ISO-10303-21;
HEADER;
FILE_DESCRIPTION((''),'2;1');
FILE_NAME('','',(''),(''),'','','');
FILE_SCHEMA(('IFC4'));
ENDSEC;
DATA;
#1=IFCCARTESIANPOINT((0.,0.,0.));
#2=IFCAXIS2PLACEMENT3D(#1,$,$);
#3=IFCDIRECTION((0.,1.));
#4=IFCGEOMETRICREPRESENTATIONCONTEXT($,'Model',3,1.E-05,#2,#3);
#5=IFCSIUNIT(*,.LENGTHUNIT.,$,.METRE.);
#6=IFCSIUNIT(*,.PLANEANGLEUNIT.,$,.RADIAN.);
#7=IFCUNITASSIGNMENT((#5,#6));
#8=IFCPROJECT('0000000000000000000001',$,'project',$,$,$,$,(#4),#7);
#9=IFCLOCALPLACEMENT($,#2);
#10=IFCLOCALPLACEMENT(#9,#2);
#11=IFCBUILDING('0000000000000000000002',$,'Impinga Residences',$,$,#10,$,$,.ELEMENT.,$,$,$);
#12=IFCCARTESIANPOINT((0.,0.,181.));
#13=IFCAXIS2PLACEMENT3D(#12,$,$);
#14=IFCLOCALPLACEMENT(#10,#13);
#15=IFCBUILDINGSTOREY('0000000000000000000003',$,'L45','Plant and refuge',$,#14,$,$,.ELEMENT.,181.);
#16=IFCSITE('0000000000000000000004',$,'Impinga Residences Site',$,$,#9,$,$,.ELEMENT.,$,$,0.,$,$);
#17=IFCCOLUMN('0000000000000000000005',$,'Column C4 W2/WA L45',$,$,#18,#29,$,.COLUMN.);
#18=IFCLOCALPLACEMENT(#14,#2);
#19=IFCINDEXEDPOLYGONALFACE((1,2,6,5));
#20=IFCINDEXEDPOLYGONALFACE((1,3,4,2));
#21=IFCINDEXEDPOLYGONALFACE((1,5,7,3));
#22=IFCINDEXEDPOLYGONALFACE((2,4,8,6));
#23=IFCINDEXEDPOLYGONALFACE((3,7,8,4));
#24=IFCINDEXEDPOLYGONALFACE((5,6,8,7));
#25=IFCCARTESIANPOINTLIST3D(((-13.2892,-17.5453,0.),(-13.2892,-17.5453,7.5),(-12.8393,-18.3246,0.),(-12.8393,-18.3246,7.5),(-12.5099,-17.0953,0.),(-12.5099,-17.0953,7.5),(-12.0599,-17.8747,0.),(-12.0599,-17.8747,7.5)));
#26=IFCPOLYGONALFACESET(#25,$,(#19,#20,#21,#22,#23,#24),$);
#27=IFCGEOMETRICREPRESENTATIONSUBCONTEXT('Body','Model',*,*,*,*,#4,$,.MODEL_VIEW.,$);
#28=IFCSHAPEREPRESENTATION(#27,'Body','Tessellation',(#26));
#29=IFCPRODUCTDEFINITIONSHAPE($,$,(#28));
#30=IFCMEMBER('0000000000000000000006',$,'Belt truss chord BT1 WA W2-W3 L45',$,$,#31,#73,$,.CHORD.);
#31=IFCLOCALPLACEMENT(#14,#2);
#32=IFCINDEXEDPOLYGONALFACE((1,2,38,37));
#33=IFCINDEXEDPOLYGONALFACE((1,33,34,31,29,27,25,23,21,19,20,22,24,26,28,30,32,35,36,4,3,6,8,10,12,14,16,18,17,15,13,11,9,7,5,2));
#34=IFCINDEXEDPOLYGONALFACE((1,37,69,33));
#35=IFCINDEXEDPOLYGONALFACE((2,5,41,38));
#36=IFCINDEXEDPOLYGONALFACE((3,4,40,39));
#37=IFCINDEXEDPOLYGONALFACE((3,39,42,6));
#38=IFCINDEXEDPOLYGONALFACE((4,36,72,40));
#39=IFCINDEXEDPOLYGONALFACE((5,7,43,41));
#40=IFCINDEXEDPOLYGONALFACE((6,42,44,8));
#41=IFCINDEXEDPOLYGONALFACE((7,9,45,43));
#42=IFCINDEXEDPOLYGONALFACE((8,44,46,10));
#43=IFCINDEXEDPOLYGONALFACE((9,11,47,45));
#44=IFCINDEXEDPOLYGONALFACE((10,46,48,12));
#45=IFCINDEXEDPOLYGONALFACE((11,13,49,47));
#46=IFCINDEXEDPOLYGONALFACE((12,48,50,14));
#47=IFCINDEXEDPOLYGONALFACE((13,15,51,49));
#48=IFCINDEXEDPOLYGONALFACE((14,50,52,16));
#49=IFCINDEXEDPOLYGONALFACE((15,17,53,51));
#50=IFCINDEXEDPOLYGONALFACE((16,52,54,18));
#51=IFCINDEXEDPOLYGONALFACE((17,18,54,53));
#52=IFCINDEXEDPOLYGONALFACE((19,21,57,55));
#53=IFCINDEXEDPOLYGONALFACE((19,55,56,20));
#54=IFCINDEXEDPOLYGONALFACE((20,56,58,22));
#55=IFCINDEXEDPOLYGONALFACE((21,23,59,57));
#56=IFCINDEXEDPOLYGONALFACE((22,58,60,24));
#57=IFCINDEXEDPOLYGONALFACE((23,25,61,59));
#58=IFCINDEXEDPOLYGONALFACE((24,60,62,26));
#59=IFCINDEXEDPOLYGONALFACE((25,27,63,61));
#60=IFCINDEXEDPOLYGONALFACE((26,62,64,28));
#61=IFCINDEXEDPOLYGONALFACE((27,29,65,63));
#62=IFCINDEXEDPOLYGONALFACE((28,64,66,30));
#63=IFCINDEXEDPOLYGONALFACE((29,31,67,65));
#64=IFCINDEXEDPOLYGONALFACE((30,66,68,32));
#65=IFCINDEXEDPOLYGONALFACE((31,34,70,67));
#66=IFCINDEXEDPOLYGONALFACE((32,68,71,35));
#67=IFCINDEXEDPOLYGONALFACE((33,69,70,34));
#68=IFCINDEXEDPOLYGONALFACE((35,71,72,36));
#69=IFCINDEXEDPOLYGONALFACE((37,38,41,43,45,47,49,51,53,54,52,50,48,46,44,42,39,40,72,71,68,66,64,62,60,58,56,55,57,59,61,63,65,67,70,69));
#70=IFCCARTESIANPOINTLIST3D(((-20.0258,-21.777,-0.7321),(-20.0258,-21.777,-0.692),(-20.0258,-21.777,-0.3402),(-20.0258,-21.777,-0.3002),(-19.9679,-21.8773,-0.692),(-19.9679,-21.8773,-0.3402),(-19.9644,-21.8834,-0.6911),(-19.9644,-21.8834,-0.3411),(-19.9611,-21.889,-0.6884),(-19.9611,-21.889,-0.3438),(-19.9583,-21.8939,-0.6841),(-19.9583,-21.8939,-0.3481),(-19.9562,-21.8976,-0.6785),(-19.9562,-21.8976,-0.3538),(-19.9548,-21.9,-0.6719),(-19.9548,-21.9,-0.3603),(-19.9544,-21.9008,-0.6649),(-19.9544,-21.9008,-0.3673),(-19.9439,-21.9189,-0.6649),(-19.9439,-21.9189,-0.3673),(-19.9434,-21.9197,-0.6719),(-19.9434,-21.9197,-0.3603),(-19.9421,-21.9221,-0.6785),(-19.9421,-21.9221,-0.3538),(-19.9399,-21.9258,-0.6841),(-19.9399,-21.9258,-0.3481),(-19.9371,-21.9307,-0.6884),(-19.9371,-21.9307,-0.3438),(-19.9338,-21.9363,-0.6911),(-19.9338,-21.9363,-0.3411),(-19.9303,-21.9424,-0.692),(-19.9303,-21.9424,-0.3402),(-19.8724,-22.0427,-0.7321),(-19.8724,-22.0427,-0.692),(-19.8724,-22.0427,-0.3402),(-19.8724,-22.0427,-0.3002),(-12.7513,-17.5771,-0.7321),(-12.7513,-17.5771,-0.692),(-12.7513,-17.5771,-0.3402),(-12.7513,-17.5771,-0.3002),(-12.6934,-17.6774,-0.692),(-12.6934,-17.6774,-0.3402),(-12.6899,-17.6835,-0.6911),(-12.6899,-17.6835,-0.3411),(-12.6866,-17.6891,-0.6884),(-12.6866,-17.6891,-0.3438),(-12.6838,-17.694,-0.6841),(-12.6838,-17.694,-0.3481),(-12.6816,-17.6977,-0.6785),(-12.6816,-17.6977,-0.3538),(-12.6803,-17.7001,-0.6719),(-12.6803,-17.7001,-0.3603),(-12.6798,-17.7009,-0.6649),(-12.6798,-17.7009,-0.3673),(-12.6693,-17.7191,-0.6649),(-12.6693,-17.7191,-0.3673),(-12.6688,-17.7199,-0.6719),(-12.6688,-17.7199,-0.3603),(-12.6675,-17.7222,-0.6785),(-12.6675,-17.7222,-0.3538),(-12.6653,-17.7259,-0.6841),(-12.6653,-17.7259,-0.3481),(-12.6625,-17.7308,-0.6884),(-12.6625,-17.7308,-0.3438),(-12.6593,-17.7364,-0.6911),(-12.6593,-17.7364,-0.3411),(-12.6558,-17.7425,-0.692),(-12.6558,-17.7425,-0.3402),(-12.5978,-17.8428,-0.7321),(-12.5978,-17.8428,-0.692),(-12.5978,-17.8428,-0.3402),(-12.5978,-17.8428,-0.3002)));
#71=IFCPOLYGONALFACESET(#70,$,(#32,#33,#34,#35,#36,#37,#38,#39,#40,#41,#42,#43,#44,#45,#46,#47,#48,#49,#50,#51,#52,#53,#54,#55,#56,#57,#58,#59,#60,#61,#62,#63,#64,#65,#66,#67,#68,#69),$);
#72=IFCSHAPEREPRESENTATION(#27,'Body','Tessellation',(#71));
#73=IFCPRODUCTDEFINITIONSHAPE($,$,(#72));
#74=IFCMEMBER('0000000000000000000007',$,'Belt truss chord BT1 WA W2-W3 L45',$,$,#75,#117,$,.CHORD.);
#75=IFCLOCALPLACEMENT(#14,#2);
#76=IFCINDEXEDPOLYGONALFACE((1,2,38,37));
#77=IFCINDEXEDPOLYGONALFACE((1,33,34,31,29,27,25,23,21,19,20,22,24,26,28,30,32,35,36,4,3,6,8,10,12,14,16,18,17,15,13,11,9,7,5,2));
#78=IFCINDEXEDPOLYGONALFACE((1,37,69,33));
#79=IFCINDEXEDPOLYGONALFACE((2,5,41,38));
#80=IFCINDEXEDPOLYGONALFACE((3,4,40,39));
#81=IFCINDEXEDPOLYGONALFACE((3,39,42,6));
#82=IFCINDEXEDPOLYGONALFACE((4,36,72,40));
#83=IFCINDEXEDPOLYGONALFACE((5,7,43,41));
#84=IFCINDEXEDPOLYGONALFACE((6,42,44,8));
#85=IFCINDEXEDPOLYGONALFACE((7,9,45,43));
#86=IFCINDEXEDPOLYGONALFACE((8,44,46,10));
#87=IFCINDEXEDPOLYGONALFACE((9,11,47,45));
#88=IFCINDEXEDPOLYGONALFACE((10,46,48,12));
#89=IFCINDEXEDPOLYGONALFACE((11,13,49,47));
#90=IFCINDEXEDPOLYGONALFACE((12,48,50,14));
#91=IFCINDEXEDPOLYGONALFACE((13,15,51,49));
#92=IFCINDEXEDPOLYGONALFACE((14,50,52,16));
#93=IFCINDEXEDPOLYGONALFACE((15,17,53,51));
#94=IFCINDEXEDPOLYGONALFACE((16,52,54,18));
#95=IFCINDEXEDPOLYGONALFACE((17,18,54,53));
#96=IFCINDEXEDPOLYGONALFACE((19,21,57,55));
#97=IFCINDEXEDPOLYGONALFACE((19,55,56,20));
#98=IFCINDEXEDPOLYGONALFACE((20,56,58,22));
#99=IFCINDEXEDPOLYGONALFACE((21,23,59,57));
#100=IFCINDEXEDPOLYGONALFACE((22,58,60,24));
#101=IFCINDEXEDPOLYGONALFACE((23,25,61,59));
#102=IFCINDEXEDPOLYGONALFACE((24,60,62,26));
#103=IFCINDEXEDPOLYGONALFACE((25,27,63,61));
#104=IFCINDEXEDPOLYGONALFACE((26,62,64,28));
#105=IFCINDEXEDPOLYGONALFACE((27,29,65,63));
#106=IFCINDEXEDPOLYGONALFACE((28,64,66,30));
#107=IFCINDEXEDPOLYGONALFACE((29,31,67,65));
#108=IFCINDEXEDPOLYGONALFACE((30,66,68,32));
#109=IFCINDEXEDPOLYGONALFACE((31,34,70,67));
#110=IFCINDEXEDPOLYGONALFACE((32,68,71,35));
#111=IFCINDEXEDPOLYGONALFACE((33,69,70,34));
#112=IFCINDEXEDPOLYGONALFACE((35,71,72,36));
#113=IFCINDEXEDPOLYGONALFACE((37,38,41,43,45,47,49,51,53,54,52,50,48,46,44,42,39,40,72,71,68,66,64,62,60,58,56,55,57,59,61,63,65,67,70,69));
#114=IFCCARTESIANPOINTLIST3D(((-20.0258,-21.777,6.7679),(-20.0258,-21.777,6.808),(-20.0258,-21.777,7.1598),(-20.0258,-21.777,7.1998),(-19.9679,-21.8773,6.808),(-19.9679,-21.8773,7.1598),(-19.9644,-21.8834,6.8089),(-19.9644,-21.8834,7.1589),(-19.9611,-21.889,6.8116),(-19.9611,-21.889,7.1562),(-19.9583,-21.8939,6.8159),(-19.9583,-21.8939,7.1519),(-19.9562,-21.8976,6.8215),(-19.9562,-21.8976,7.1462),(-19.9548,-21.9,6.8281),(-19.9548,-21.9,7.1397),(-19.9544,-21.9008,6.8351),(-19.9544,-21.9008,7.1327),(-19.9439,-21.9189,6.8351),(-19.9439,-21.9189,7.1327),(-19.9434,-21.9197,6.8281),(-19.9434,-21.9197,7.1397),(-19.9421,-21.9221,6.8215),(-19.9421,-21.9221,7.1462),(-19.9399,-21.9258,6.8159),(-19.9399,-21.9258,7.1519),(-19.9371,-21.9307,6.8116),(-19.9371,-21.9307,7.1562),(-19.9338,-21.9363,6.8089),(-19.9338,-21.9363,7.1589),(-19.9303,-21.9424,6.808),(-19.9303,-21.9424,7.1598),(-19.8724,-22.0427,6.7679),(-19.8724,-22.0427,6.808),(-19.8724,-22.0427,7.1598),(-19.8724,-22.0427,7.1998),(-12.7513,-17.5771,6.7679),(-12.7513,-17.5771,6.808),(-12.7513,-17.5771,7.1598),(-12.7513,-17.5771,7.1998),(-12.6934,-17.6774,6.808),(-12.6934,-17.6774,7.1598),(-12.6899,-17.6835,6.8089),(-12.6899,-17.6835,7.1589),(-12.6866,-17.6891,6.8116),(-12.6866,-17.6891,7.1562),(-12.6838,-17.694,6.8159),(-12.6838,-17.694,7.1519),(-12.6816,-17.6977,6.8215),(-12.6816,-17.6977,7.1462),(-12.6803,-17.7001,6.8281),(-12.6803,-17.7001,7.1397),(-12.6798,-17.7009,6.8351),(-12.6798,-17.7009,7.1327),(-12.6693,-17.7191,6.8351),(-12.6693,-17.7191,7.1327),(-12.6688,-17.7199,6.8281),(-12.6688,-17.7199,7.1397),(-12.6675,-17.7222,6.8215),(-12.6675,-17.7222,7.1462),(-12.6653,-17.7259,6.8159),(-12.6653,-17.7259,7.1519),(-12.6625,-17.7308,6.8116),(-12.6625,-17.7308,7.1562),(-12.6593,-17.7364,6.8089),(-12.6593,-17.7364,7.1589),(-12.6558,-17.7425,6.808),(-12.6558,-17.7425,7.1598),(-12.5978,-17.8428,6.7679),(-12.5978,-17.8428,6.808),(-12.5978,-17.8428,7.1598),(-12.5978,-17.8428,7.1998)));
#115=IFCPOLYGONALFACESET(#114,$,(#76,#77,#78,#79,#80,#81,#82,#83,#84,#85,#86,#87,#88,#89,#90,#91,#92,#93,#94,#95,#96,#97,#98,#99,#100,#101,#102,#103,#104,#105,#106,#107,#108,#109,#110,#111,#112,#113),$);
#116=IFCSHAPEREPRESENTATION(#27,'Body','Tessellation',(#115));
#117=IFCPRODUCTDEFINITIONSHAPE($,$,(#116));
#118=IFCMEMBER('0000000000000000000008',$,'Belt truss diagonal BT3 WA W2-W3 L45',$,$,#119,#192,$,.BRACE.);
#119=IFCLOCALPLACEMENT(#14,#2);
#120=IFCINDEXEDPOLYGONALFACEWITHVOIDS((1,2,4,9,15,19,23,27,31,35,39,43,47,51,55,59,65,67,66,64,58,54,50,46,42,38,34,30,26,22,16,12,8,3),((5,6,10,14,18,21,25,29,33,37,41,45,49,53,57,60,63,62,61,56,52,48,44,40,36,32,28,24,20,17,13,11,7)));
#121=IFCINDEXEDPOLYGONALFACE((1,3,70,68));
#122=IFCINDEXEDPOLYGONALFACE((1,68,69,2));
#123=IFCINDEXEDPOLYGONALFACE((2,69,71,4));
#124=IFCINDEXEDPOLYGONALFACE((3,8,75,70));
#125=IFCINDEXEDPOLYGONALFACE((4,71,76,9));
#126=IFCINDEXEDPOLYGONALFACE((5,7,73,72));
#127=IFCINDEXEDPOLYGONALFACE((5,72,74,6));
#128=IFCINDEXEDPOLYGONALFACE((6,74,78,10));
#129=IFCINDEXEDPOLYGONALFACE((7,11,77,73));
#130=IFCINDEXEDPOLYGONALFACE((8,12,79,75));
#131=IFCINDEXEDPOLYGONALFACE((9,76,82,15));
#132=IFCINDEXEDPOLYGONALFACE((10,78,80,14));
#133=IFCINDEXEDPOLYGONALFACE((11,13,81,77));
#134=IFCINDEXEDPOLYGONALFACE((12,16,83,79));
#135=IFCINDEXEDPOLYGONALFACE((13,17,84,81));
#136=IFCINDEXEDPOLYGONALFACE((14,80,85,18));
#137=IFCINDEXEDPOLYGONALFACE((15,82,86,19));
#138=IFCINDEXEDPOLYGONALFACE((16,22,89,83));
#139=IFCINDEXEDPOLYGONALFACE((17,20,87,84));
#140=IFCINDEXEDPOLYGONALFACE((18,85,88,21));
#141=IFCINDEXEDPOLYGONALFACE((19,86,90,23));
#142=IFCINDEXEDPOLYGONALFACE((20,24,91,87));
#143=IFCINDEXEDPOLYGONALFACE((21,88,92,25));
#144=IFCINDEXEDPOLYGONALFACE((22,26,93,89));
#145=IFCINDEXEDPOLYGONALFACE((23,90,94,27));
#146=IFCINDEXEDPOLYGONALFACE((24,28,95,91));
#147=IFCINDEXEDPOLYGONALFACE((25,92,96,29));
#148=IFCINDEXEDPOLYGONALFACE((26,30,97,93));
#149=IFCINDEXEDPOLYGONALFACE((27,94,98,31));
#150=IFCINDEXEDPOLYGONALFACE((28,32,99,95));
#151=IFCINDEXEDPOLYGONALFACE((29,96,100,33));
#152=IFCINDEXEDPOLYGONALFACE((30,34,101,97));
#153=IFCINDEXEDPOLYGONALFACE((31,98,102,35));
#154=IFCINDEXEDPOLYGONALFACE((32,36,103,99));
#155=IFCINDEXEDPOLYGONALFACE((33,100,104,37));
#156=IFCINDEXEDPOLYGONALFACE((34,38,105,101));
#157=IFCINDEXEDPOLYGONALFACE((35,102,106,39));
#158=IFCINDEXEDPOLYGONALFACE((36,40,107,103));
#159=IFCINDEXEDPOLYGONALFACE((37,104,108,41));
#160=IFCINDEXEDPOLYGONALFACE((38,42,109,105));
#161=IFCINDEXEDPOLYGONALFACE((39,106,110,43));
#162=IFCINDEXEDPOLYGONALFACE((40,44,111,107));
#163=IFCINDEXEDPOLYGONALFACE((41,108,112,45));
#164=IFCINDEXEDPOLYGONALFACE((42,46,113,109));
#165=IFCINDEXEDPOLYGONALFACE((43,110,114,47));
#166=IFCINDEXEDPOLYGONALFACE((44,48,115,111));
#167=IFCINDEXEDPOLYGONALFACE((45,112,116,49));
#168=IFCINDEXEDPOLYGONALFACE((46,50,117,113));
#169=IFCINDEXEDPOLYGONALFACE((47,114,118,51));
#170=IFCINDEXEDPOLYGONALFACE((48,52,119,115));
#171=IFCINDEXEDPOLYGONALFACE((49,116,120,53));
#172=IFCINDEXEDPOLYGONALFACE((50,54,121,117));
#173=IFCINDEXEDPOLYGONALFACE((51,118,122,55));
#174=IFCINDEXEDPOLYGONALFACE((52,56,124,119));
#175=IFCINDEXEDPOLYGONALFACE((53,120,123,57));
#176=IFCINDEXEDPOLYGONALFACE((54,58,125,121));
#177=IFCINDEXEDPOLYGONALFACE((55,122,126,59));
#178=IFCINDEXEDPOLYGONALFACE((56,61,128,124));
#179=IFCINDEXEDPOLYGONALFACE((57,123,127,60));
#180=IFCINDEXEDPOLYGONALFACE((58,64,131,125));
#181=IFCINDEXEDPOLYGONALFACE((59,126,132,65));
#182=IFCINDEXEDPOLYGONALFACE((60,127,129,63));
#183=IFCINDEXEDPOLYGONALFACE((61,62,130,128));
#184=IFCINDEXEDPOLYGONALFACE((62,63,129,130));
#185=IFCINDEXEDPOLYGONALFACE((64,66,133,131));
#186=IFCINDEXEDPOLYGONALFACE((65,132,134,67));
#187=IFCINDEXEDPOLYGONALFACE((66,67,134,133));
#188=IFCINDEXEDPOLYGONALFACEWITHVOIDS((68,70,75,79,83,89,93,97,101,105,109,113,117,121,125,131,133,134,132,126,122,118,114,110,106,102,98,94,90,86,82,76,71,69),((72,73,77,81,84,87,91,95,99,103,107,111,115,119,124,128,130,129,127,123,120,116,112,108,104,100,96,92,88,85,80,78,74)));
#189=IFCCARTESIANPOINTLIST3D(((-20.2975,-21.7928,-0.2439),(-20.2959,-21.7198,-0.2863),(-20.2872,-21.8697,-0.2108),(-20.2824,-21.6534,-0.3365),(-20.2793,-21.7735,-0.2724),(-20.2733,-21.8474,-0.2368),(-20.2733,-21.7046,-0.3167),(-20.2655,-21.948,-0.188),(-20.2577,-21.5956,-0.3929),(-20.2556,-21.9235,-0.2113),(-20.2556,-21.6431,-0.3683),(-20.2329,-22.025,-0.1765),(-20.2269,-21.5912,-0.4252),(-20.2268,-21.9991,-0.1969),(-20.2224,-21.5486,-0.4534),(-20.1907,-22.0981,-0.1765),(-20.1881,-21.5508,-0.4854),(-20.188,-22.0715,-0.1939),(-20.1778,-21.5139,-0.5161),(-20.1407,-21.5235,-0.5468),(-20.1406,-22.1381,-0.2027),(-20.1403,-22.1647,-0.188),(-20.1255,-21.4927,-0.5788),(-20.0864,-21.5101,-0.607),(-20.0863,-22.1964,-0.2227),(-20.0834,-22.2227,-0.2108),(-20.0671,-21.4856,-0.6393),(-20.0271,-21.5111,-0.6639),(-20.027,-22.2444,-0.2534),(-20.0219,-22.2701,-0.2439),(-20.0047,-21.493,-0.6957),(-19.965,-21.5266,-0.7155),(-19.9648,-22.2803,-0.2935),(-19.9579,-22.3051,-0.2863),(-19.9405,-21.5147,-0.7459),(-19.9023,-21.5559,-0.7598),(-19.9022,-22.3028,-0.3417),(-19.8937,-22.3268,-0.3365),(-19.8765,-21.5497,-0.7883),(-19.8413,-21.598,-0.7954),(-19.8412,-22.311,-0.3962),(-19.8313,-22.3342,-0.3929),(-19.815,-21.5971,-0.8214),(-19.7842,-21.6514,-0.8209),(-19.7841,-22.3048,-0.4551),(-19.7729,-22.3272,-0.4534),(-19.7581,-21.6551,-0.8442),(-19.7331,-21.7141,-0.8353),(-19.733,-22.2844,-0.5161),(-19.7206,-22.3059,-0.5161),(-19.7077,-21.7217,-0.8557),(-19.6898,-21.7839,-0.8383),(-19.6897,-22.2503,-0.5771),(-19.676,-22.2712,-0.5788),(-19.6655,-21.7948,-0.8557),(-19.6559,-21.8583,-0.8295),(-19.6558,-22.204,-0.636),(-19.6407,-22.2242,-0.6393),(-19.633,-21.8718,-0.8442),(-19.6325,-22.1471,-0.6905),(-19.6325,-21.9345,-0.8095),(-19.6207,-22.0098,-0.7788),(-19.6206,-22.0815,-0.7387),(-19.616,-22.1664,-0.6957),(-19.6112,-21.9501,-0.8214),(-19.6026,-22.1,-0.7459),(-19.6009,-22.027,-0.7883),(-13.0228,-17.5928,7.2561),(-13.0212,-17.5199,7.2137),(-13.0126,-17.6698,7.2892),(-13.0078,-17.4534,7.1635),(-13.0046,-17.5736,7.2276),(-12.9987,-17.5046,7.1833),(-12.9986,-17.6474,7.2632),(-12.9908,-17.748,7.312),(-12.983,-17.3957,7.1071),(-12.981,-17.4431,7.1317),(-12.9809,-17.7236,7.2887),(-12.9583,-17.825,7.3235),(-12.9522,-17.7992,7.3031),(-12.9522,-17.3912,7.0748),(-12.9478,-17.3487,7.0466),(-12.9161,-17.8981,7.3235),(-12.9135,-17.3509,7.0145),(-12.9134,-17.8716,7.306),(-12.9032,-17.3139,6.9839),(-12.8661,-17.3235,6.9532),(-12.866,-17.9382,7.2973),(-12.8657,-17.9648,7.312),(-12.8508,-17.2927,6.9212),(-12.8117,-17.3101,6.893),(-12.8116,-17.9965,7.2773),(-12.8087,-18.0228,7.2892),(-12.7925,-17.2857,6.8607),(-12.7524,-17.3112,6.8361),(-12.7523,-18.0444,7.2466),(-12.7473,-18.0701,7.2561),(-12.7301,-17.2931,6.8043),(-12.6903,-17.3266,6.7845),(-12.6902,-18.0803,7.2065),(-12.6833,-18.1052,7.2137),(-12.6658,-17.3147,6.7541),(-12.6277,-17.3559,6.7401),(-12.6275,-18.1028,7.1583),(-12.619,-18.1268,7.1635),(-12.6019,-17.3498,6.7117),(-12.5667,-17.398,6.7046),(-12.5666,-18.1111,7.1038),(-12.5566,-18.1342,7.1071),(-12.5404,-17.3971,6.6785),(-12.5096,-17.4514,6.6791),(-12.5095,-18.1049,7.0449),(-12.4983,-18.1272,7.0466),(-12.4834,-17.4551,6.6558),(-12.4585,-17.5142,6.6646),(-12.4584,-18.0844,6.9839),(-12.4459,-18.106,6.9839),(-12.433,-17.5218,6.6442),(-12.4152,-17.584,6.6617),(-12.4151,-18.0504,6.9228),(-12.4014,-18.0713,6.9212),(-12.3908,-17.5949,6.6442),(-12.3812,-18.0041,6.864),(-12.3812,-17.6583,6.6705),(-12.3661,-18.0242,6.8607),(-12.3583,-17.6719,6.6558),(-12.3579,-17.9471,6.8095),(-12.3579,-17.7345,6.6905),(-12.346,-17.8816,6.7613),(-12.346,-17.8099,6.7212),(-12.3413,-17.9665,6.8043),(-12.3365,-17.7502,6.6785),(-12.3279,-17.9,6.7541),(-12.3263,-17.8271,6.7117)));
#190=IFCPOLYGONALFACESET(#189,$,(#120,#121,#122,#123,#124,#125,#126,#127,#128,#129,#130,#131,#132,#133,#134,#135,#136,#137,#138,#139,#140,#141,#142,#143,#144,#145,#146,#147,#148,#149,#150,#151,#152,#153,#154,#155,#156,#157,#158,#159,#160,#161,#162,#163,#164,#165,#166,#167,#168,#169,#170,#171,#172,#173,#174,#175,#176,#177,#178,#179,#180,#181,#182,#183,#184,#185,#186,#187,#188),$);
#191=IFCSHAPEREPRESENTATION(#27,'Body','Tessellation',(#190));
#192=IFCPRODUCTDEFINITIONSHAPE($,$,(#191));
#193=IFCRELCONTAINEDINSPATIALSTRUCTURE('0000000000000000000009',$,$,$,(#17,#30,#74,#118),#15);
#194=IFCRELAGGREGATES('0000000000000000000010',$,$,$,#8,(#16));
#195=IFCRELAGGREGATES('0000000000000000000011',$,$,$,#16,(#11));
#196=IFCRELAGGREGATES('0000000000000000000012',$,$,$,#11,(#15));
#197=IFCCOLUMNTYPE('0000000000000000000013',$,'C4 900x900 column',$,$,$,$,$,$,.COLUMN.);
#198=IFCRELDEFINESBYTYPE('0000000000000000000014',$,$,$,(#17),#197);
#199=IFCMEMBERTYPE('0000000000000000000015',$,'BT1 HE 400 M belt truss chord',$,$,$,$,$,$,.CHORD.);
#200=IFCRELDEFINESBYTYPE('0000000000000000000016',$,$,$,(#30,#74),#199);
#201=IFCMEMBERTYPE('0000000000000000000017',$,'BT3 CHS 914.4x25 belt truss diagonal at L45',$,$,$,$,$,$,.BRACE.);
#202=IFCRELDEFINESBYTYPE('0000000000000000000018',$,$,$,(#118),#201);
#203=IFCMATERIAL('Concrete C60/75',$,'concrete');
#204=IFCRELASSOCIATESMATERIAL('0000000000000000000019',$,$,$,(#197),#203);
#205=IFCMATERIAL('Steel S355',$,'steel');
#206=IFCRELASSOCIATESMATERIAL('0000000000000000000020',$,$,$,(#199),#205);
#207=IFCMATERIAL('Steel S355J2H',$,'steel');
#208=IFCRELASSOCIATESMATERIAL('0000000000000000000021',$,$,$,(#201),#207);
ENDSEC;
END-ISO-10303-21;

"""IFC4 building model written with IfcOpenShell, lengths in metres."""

from ifc_helpers import new_model, si_unit, direction, frame, origin, origin_2d, place, context, subcontext, project, spatial, rectangle, hollow_circle, i_section, extrude, material, material_profile, profile_set, type_object, element, save


model = new_model("IFC4")

# Units and contexts
model_context = context("Model", 3, precision=1e-05, world=origin(), true_north=direction((0.0, 1.0)))
body_context = subcontext(model_context, "Body", "Model", "MODEL_VIEW")
ifc_project = project(units=[si_unit("LENGTHUNIT", "METRE"), si_unit("PLANEANGLEUNIT", "RADIAN")], contexts=[model_context])

# Site, building, storey
site_placement = place(None, origin())
site = spatial("IfcSite", under=ifc_project, at=site_placement, Name="Impinga Residences Site", CompositionType="ELEMENT", RefElevation=0.0)
building_placement = place(site_placement, origin())
building = spatial("IfcBuilding", under=site, at=building_placement, Name="Impinga Residences", CompositionType="ELEMENT")
storey_placement = place(building_placement, frame((0.0, 0.0, 181.0)))
storey = spatial("IfcBuildingStorey", under=building, at=storey_placement, Name="L45", Description="Plant and refuge", CompositionType="ELEMENT", Elevation=181.0)

# Column
ifc_material_1 = material(Name="Concrete C60/75", Category="concrete")
ifc_material_profile_1 = material_profile(ifc_material_1, rectangle(XDim=0.8999, YDim=0.8999, at=origin_2d()), Name="RC 900x900")
ifc_profile_set_1 = profile_set([ifc_material_profile_1], Name="Concrete C60/75")
column_type = type_object("IfcColumnType", Name="C4 900x900 column", PredefinedType="COLUMN", material=ifc_profile_set_1)
column_placement = place(storey_placement, frame((-12.6746, -17.71, 0.0), z_axis=(0.0, 0.0, 1.0), x_axis=(-0.5, 0.866025, 0.0)))
element("IfcColumn", 1, at=column_placement, inside=storey, type_object=column_type, Name="Column C4 W2/WA L45", PredefinedType="COLUMN", context=body_context, shape_type="SweptSolid", body=[
    extrude(rectangle(XDim=0.8999, YDim=0.8999, at=origin_2d()), origin(), (0.0, 0.0, 1.0), 7.5),
])

# Members
ifc_material_2 = material(Name="Steel S355", Category="steel")
ifc_material_profile_2 = material_profile(ifc_material_2, i_section(OverallWidth=0.3069, OverallDepth=0.4319, WebThickness=0.021, FlangeThickness=0.04, FilletRadius=0.0271, at=origin_2d()), Name="HE 400 M")
ifc_profile_set_2 = profile_set([ifc_material_profile_2], Name="Steel S355")
member_type_1 = type_object("IfcMemberType", Name="BT1 HE 400 M belt truss chord", PredefinedType="CHORD", material=ifc_profile_set_2)
for number, where, z_axis, x_axis, name in (
    (2, (-12.6746, -17.71, -0.5161), (-0.866029, -0.499993, 0.0), (0.499993, -0.866029, 0.0), "Belt truss chord BT1 WA W2-W3 L45"),
    (3, (-12.6746, -17.71, 6.9839), (-0.866029, -0.499993, 0.0), (0.499993, -0.866029, 0.0), "Belt truss chord BT1 WA W2-W3 L45"),
):
    element("IfcMember", number, at=place(storey_placement, frame(where, z_axis=z_axis, x_axis=x_axis)), inside=storey, type_object=member_type_1, Name=name, PredefinedType="CHORD", context=body_context, shape_type="SweptSolid", body=[
        extrude(i_section(OverallWidth=0.3069, OverallDepth=0.4319, WebThickness=0.021, FlangeThickness=0.04, FilletRadius=0.0271, at=origin_2d()), origin(), (0.0, 0.0, 1.0), 8.3999),
    ])
ifc_material_3 = material(Name="Steel S355J2H", Category="steel")
ifc_material_profile_3 = material_profile(ifc_material_3, hollow_circle(Radius=0.4573, WallThickness=0.0249, at=origin_2d()), Name="CHS 914.4x25")
ifc_profile_set_3 = profile_set([ifc_material_profile_3], Name="Steel S355J2H")
member_type_2 = type_object("IfcMemberType", Name="BT3 CHS 914.4x25 belt truss diagonal at L45", PredefinedType="BRACE", material=ifc_profile_set_3)
member_1_placement = place(storey_placement, frame((-12.6746, -17.71, 6.9839), z_axis=(-0.646004, -0.372964, -0.666015), x_axis=(0.499993, -0.866029, 0.0)))
element("IfcMember", 4, at=member_1_placement, inside=storey, type_object=member_type_2, Name="Belt truss diagonal BT3 WA W2-W3 L45", PredefinedType="BRACE", context=body_context, shape_type="SweptSolid", body=[
    extrude(hollow_circle(Radius=0.4573, WallThickness=0.0249, at=origin_2d()), origin(), (0.0, 0.0, 1.0), 11.261),
])

save(model, "model.ifc")
